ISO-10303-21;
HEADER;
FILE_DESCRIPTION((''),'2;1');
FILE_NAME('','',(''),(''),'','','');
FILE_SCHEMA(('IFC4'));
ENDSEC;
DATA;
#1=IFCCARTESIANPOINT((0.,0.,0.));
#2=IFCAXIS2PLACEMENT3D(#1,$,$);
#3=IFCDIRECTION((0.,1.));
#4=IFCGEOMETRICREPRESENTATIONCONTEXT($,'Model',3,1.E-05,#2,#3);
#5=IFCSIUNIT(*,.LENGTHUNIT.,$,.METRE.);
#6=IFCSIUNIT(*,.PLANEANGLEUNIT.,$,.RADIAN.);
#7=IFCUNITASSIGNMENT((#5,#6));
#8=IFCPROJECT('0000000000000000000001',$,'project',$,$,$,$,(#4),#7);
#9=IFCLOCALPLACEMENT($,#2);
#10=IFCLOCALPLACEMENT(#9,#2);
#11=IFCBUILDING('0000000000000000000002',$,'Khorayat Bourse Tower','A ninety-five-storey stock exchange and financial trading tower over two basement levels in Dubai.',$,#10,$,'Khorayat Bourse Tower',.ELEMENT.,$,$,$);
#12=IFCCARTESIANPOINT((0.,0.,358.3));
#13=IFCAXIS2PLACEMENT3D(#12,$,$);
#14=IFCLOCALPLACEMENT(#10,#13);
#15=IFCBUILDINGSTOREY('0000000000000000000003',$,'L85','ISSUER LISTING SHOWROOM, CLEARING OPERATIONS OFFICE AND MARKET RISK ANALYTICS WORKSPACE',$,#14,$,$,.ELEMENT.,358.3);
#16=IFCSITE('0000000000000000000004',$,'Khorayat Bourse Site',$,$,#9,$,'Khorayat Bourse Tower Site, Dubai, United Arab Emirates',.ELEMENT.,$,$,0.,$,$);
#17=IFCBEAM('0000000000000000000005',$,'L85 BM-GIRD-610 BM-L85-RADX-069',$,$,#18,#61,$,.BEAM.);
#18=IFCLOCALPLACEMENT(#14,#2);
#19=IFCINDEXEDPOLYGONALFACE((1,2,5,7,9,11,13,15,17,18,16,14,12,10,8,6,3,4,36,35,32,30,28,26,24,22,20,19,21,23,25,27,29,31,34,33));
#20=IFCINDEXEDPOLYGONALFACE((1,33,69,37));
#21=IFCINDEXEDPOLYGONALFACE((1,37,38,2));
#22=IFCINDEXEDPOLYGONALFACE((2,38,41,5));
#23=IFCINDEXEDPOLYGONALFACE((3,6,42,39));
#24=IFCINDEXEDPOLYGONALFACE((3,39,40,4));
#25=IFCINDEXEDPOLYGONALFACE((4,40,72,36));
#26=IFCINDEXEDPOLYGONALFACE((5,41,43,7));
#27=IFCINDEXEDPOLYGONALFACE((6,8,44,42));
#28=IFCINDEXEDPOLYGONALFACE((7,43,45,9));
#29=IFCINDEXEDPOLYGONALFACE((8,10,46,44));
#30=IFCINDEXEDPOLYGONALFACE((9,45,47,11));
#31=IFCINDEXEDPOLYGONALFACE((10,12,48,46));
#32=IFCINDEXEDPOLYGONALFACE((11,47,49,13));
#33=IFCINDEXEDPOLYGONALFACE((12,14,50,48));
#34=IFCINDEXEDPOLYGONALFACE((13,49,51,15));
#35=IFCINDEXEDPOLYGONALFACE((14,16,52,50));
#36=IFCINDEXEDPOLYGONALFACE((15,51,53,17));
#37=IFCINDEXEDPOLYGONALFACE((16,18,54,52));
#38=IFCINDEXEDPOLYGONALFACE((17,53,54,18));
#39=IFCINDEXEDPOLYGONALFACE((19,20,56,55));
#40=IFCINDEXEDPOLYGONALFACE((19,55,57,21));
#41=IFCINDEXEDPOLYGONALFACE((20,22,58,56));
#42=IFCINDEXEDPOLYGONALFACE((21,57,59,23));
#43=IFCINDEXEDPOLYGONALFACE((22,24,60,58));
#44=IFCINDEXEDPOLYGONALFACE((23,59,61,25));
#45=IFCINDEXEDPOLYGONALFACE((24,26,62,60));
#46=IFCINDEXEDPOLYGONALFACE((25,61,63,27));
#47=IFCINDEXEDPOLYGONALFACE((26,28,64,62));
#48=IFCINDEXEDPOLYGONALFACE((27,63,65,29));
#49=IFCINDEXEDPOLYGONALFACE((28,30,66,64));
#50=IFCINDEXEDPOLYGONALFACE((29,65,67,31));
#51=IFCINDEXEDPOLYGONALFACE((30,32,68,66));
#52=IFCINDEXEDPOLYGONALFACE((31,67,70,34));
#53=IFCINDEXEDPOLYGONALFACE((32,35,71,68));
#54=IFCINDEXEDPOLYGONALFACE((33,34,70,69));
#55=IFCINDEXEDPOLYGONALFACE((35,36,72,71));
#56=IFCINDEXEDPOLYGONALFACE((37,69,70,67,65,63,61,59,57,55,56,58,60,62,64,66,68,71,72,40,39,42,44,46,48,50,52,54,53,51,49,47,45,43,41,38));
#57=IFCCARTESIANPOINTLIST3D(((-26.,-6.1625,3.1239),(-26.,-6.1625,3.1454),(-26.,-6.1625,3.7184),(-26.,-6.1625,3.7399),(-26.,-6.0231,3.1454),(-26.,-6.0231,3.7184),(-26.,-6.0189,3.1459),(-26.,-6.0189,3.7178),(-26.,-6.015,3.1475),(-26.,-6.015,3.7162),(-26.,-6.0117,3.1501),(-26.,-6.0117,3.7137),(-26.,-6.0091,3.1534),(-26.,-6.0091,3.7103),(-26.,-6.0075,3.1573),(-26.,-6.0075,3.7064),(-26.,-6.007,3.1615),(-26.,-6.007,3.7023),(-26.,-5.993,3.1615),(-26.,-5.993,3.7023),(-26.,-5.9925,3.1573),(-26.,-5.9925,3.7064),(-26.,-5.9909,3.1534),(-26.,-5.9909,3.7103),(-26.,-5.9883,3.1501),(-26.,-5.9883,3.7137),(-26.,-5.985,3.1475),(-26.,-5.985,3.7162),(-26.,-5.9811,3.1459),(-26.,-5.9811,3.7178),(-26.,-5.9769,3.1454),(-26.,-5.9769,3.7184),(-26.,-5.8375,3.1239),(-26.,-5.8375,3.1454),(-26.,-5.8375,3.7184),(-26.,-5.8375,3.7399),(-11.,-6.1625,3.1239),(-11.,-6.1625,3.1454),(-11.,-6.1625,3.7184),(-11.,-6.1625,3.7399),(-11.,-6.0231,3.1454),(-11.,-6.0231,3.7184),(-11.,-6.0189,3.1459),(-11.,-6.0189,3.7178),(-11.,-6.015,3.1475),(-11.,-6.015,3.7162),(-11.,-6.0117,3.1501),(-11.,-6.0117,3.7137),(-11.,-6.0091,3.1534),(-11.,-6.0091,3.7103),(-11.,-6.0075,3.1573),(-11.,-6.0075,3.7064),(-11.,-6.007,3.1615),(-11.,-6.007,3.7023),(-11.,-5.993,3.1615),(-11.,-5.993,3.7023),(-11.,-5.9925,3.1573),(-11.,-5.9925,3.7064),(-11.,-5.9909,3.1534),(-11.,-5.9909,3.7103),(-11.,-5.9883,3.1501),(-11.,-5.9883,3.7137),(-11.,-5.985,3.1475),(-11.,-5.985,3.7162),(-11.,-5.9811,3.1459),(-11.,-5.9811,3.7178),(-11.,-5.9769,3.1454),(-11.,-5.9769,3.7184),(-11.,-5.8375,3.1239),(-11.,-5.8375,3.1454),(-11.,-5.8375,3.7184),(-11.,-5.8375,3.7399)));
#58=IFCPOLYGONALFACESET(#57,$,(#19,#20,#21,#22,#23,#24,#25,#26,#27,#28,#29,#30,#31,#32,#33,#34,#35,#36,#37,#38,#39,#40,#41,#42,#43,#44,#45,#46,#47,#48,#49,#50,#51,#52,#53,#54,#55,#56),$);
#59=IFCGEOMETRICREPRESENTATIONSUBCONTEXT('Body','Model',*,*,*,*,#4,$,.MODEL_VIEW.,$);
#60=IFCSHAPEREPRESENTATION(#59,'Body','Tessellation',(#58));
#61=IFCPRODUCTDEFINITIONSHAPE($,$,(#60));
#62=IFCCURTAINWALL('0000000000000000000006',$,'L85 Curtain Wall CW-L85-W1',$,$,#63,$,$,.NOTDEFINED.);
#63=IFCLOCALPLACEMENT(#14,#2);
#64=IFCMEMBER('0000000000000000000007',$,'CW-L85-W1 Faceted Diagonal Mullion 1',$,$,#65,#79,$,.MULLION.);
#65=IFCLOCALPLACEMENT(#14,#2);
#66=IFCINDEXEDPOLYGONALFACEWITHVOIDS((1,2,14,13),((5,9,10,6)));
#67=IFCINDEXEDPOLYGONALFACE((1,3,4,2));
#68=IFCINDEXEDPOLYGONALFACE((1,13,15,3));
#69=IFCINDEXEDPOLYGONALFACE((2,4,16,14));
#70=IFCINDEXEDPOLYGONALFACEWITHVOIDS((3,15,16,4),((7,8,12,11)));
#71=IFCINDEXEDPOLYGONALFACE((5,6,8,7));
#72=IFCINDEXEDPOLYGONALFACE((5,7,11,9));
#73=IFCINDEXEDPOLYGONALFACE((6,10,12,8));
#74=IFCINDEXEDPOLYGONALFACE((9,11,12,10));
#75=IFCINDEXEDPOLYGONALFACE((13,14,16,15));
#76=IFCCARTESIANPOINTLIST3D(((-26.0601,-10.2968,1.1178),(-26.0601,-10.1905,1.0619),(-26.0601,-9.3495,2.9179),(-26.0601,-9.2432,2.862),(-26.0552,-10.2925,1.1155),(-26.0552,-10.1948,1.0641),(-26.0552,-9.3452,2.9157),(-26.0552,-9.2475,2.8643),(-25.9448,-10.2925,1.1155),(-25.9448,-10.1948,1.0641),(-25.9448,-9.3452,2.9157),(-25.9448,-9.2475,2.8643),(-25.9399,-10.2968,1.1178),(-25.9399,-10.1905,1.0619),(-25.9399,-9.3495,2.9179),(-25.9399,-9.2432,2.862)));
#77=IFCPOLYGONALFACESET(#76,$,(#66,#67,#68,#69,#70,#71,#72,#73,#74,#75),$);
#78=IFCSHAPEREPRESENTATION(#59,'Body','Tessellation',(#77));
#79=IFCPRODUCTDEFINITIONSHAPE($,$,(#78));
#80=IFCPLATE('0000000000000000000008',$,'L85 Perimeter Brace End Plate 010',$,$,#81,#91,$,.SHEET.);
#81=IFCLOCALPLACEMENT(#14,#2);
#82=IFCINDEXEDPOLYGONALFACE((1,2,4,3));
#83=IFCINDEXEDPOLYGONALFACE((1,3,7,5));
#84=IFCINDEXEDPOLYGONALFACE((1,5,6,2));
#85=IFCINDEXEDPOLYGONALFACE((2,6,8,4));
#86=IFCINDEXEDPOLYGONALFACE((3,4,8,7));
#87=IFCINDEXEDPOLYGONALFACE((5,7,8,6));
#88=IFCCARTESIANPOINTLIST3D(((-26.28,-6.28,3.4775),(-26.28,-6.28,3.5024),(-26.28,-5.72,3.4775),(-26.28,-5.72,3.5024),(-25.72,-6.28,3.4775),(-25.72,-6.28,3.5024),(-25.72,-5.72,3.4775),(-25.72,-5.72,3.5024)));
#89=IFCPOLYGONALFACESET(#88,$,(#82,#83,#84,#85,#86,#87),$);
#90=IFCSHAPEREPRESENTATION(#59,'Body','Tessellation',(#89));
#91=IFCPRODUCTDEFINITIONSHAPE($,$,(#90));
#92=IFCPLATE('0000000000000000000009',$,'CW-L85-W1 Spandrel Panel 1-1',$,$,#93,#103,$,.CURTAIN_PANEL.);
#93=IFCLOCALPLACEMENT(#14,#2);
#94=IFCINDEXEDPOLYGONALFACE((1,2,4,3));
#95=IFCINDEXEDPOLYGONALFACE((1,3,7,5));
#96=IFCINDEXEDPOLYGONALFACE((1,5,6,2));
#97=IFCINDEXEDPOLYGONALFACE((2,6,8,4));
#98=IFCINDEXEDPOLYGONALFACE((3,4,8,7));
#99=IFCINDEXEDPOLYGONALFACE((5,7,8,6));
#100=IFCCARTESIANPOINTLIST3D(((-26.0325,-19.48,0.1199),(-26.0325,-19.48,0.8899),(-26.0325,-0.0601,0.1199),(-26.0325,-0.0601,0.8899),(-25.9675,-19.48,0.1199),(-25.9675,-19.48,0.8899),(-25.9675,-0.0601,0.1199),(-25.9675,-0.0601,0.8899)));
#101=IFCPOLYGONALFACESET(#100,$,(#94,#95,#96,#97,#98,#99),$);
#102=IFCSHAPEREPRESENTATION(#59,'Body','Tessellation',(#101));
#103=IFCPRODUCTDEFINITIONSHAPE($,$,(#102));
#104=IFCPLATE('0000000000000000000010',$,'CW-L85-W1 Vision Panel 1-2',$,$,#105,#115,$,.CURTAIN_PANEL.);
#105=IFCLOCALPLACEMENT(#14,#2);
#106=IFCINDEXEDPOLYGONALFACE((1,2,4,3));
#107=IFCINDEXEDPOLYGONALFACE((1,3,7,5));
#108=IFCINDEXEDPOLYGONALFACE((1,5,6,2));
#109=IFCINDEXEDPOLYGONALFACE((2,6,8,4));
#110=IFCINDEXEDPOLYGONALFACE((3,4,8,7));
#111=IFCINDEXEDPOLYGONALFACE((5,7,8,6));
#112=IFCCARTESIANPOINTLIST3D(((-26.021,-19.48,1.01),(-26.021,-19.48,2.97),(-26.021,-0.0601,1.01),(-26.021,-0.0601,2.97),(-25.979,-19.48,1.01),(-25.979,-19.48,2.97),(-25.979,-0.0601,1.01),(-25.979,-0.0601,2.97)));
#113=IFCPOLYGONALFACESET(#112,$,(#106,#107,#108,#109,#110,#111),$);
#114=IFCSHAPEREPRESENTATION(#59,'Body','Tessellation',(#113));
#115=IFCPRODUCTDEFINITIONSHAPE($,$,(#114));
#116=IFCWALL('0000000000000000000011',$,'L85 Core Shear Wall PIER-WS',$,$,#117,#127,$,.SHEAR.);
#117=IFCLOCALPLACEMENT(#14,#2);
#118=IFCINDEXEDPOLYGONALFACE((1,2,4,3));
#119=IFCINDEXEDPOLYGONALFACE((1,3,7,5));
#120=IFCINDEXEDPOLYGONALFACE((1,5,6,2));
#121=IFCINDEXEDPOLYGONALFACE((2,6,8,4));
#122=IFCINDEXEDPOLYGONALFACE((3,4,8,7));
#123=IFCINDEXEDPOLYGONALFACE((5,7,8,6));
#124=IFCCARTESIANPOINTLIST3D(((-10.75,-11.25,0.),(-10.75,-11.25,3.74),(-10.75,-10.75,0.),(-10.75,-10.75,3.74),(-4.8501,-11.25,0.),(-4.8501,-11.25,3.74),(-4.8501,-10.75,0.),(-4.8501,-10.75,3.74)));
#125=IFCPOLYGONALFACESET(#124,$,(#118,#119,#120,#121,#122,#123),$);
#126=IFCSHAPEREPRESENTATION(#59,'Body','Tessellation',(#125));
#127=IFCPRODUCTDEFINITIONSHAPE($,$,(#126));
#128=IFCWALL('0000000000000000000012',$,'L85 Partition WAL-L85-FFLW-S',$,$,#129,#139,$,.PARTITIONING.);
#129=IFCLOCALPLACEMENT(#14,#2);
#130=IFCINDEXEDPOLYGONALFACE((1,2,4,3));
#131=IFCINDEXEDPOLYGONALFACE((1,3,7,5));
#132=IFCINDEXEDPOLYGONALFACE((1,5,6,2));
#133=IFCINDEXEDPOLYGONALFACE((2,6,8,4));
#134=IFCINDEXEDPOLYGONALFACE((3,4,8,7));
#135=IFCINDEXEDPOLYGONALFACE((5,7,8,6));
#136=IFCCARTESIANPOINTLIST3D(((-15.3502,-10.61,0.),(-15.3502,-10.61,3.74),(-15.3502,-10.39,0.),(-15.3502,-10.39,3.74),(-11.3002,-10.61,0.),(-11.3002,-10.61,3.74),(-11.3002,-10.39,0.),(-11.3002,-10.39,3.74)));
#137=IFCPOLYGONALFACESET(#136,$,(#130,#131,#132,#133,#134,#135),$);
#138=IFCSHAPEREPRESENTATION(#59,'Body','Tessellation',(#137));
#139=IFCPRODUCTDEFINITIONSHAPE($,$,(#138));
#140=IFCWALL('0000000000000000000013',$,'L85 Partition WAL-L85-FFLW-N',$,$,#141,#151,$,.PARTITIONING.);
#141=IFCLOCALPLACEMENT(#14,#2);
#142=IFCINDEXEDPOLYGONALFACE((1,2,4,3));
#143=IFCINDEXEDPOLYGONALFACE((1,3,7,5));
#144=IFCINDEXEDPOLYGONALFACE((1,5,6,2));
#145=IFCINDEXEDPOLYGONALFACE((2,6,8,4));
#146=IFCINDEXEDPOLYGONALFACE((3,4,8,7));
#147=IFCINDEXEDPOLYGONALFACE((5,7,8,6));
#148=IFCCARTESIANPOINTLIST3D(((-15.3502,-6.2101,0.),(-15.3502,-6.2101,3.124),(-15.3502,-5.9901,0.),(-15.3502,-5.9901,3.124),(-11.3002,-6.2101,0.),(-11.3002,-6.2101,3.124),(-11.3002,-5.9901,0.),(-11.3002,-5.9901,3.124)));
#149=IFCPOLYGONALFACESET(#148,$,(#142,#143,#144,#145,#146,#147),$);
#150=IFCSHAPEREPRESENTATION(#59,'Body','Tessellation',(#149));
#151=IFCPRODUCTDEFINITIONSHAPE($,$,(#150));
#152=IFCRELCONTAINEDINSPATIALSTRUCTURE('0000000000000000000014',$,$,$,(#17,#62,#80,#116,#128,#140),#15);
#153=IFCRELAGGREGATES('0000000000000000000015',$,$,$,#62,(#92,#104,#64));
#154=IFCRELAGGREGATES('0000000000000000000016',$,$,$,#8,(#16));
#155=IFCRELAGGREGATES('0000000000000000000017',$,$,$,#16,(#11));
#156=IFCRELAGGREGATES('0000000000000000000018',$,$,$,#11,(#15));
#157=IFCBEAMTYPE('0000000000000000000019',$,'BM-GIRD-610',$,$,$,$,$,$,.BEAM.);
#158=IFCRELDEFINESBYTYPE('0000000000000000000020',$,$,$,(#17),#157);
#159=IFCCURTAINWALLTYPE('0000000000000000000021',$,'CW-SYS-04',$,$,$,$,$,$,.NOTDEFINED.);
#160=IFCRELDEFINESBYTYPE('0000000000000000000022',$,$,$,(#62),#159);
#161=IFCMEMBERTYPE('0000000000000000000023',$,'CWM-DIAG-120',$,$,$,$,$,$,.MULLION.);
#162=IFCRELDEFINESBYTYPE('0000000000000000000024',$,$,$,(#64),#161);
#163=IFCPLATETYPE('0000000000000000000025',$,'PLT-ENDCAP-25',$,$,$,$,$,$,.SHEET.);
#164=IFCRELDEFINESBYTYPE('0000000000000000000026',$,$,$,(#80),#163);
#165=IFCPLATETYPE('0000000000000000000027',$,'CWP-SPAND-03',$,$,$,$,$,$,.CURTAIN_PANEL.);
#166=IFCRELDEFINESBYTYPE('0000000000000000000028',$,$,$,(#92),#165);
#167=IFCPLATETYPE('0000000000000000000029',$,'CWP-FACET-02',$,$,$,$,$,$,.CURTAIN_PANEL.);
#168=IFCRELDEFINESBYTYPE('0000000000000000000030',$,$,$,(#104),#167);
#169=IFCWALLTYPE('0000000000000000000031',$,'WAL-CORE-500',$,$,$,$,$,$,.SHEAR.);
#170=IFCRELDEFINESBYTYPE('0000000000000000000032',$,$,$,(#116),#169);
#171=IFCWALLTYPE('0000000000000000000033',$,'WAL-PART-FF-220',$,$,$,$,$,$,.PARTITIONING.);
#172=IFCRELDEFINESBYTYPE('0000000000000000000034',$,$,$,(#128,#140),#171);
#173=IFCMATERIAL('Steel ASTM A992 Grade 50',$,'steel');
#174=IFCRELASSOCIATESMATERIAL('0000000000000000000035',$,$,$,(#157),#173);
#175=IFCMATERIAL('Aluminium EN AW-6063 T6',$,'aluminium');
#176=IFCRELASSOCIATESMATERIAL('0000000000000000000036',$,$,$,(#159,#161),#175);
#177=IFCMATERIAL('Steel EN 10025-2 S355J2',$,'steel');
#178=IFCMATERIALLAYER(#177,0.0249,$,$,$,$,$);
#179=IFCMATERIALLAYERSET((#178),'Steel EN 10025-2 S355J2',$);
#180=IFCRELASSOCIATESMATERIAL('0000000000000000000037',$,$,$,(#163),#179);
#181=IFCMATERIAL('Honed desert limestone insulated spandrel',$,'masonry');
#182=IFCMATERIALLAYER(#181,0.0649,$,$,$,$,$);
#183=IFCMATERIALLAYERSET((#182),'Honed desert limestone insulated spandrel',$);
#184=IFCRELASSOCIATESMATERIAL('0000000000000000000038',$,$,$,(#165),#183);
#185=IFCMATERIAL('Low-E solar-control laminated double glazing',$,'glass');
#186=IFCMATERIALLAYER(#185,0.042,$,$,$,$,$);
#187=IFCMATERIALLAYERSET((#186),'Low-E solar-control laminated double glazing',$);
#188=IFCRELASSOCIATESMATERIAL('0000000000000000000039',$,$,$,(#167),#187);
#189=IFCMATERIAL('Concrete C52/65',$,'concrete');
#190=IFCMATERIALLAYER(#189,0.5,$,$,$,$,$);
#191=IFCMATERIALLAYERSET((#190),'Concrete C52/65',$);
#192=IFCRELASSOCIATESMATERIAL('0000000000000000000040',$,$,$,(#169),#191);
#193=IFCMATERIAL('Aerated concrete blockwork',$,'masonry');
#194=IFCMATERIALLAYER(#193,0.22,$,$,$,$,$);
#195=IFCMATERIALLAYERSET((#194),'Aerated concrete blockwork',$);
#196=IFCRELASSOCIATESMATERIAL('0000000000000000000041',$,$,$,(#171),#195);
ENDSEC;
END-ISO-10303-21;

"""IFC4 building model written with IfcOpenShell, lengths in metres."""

from ifc_helpers import new_model, si_unit, direction, frame, frame_2d, origin, origin_2d, place, context, subcontext, project, spatial, rectangle, hollow_rectangle, i_section, extrude, source, transform, mapped, material, layer, layer_set, material_profile, profile_set, type_object, element, aggregate, save


model = new_model("IFC4")

# Units and contexts
model_context = context("Model", 3, precision=1e-05, world=origin(), true_north=direction((0.0, 1.0)))
body_context = subcontext(model_context, "Body", "Model", "MODEL_VIEW")
ifc_project = project(units=[si_unit("LENGTHUNIT", "METRE"), si_unit("PLANEANGLEUNIT", "RADIAN")], contexts=[model_context])

# Site, building, storey
site_placement = place(None, origin())
site = spatial("IfcSite", under=ifc_project, at=site_placement, Name="Khorayat Bourse Site", LongName="Khorayat Bourse Tower Site, Dubai, United Arab Emirates", CompositionType="ELEMENT", RefElevation=0.0)
building_placement = place(site_placement, origin())
building = spatial("IfcBuilding", under=site, at=building_placement, Name="Khorayat Bourse Tower", Description="A ninety-five-storey stock exchange and financial trading tower over two basement levels in Dubai.", LongName="Khorayat Bourse Tower", CompositionType="ELEMENT")
storey_placement = place(building_placement, frame((0.0, 0.0, 358.3)))
storey = spatial("IfcBuildingStorey", under=building, at=storey_placement, Name="L85", Description="ISSUER LISTING SHOWROOM, CLEARING OPERATIONS OFFICE AND MARKET RISK ANALYTICS WORKSPACE", CompositionType="ELEMENT", Elevation=358.3)

# Shared definitions
ifc_material_1 = material(Name="Concrete C52/65", Category="concrete")
ifc_material_2 = material(Name="Steel EN 10025-2 S355J2", Category="steel")

# Beam
ifc_material_3 = material(Name="Steel ASTM A992 Grade 50", Category="steel")
ifc_material_profile_1 = material_profile(ifc_material_3, i_section(OverallWidth=0.325, OverallDepth=0.616, WebThickness=0.0139, FlangeThickness=0.0215, FilletRadius=0.0161, at=origin_2d()), Name="W610X174")
ifc_profile_set_1 = profile_set([ifc_material_profile_1], Name="Steel ASTM A992 Grade 50")
beam_type_1 = type_object("IfcBeamType", Name="BM-GIRD-610", PredefinedType="BEAM", material=ifc_profile_set_1)
shared_shape_1 = source(origin(), body_context, "Body", "SweptSolid", [
    extrude(i_section(OverallWidth=0.325, OverallDepth=0.616, WebThickness=0.0139, FlangeThickness=0.0215, FilletRadius=0.0161, at=origin_2d()), origin(), (0.0, 0.0, 1.0), 15.0),
])
beam_1_placement = place(storey_placement, frame((-26.0, -6.0, 3.4319), z_axis=(1.0, 0.0, 0.0), x_axis=(0.0, 1.0, 0.0)))
element("IfcBeam", 1, at=beam_1_placement, inside=storey, type_object=beam_type_1, Name="L85 BM-GIRD-610 BM-L85-RADX-069", PredefinedType="BEAM", context=body_context, shape_type="MappedRepresentation", body=[
    mapped(shared_shape_1, transform((0.0, 0.0, 0.0), scale=1.0)),
])

# Curtain wall, member
ifc_material_4 = material(Name="Aluminium EN AW-6063 T6", Category="aluminium")
curtain_wall_type = type_object("IfcCurtainWallType", Name="CW-SYS-04", PredefinedType="NOTDEFINED", material=ifc_material_4)
curtain_wall_placement = place(storey_placement, origin())
curtain_wall = element("IfcCurtainWall", 2, at=curtain_wall_placement, inside=storey, type_object=curtain_wall_type, Name="L85 Curtain Wall CW-L85-W1", PredefinedType="NOTDEFINED")
ifc_material_profile_2 = material_profile(ifc_material_4, hollow_rectangle(XDim=0.1201, YDim=0.1201, WallThickness=0.0049, at=origin_2d()), Name="ALU 120x120x5")
ifc_profile_set_2 = profile_set([ifc_material_profile_2], Name="Aluminium EN AW-6063 T6")
member_type = type_object("IfcMemberType", Name="CWM-DIAG-120", PredefinedType="MULLION", material=ifc_profile_set_2)
shared_shape_2 = source(origin(), body_context, "Body", "SweptSolid", [
    extrude(hollow_rectangle(XDim=0.1201, YDim=0.1201, WallThickness=0.0049, at=origin_2d()), origin(), (0.0, 0.0, 1.0), 2.0342),
])
member_placement = place(storey_placement, frame((-26.0, -10.2437, 1.0898), z_axis=(0.0, 0.465697, 0.884944), x_axis=(-1.0, 0.0, 0.0)))
member = element("IfcMember", 3, at=member_placement, type_object=member_type, Name="CW-L85-W1 Faceted Diagonal Mullion 1", PredefinedType="MULLION", context=body_context, shape_type="MappedRepresentation", body=[
    mapped(shared_shape_2, transform((0.0, 0.0, 0.0), scale=1.0)),
])

# Plates
ifc_layer_1 = layer(ifc_material_2, 0.0249)
ifc_layer_set_1 = layer_set([ifc_layer_1], Name="Steel EN 10025-2 S355J2")
plate_type_1 = type_object("IfcPlateType", Name="PLT-ENDCAP-25", PredefinedType="SHEET", material=ifc_layer_set_1)
shared_shape_3 = source(origin(), body_context, "Body", "SweptSolid", [
    extrude(rectangle(XDim=0.5601, YDim=0.5601, at=origin_2d()), origin(), (0.0, 0.0, 1.0), 0.0249),
])
plate_1_placement = place(storey_placement, frame((-26.0, -6.0, 3.4775), z_axis=(0.0, 0.0, 1.0), x_axis=(1.0, 0.0, 0.0)))
element("IfcPlate", 4, at=plate_1_placement, inside=storey, type_object=plate_type_1, Name="L85 Perimeter Brace End Plate 010", PredefinedType="SHEET", context=body_context, shape_type="MappedRepresentation", body=[
    mapped(shared_shape_3, transform((0.0, 0.0, 0.0), scale=1.0)),
])
ifc_material_5 = material(Name="Honed desert limestone insulated spandrel", Category="masonry")
ifc_layer_2 = layer(ifc_material_5, 0.0649)
ifc_layer_set_2 = layer_set([ifc_layer_2], Name="Honed desert limestone insulated spandrel")
plate_type_2 = type_object("IfcPlateType", Name="CWP-SPAND-03", PredefinedType="CURTAIN_PANEL", material=ifc_layer_set_2)
shared_shape_4 = source(origin(), body_context, "Body", "SweptSolid", [
    extrude(rectangle(XDim=19.4199, YDim=0.0649, at=origin_2d()), origin(), (0.0, 0.0, 1.0), 0.77),
])
plate_2_placement = place(storey_placement, frame((-26.0, -9.77, 0.1199), z_axis=(0.0, 0.0, 1.0), x_axis=(0.0, 1.0, 0.0)))
plate_2 = element("IfcPlate", 5, at=plate_2_placement, type_object=plate_type_2, Name="CW-L85-W1 Spandrel Panel 1-1", PredefinedType="CURTAIN_PANEL", context=body_context, shape_type="MappedRepresentation", body=[
    mapped(shared_shape_4, transform((0.0, 0.0, 0.0), scale=1.0)),
])
ifc_material_6 = material(Name="Low-E solar-control laminated double glazing", Category="glass")
ifc_layer_3 = layer(ifc_material_6, 0.042)
ifc_layer_set_3 = layer_set([ifc_layer_3], Name="Low-E solar-control laminated double glazing")
plate_type_3 = type_object("IfcPlateType", Name="CWP-FACET-02", PredefinedType="CURTAIN_PANEL", material=ifc_layer_set_3)
shared_shape_5 = source(origin(), body_context, "Body", "SweptSolid", [
    extrude(rectangle(XDim=19.4199, YDim=0.042, at=origin_2d()), origin(), (0.0, 0.0, 1.0), 1.96),
])
plate_3_placement = place(storey_placement, frame((-26.0, -9.77, 1.01), z_axis=(0.0, 0.0, 1.0), x_axis=(0.0, 1.0, 0.0)))
plate_3 = element("IfcPlate", 6, at=plate_3_placement, type_object=plate_type_3, Name="CW-L85-W1 Vision Panel 1-2", PredefinedType="CURTAIN_PANEL", context=body_context, shape_type="MappedRepresentation", body=[
    mapped(shared_shape_5, transform((0.0, 0.0, 0.0), scale=1.0)),
])
aggregate(curtain_wall, [plate_2, plate_3, member])

# Walls
ifc_layer_4 = layer(ifc_material_1, 0.5)
ifc_layer_set_4 = layer_set([ifc_layer_4], Name="Concrete C52/65")
wall_type_1 = type_object("IfcWallType", Name="WAL-CORE-500", PredefinedType="SHEAR", material=ifc_layer_set_4)
shared_shape_6 = source(origin(), body_context, "Body", "SweptSolid", [
    extrude(rectangle(XDim=5.8999, YDim=0.5, at=frame_2d((2.95, 0.0))), origin(), (0.0, 0.0, 1.0), 3.74),
])
wall_1_placement = place(storey_placement, frame((-10.75, -11.0, 0.0), z_axis=(0.0, 0.0, 1.0), x_axis=(1.0, 0.0, 0.0)))
element("IfcWall", 7, at=wall_1_placement, inside=storey, type_object=wall_type_1, Name="L85 Core Shear Wall PIER-WS", PredefinedType="SHEAR", context=body_context, shape_type="MappedRepresentation", body=[
    mapped(shared_shape_6, transform((0.0, 0.0, 0.0), scale=1.0)),
])
ifc_material_7 = material(Name="Aerated concrete blockwork", Category="masonry")
ifc_layer_5 = layer(ifc_material_7, 0.22)
ifc_layer_set_5 = layer_set([ifc_layer_5], Name="Aerated concrete blockwork")
wall_type_2 = type_object("IfcWallType", Name="WAL-PART-FF-220", PredefinedType="PARTITIONING", material=ifc_layer_set_5)
shared_shape_7 = source(origin(), body_context, "Body", "SweptSolid", [
    extrude(rectangle(XDim=4.05, YDim=0.22, at=frame_2d((2.0249, 0.0))), origin(), (0.0, 0.0, 1.0), 3.74),
])
wall_2_placement = place(storey_placement, frame((-15.3501, -10.5, 0.0), z_axis=(0.0, 0.0, 1.0), x_axis=(1.0, 0.0, 0.0)))
element("IfcWall", 8, at=wall_2_placement, inside=storey, type_object=wall_type_2, Name="L85 Partition WAL-L85-FFLW-S", PredefinedType="PARTITIONING", context=body_context, shape_type="MappedRepresentation", body=[
    mapped(shared_shape_7, transform((0.0, 0.0, 0.0), scale=1.0)),
])
shared_shape_8 = source(origin(), body_context, "Body", "SweptSolid", [
    extrude(rectangle(XDim=4.05, YDim=0.22, at=frame_2d((2.0249, 0.0))), origin(), (0.0, 0.0, 1.0), 3.124),
])
wall_3_placement = place(storey_placement, frame((-15.3501, -6.1001, 0.0), z_axis=(0.0, 0.0, 1.0), x_axis=(1.0, 0.0, 0.0)))
element("IfcWall", 9, at=wall_3_placement, inside=storey, type_object=wall_type_2, Name="L85 Partition WAL-L85-FFLW-N", PredefinedType="PARTITIONING", context=body_context, shape_type="MappedRepresentation", body=[
    mapped(shared_shape_8, transform((0.0, 0.0, 0.0), scale=1.0)),
])

save(model, "model.ifc")
